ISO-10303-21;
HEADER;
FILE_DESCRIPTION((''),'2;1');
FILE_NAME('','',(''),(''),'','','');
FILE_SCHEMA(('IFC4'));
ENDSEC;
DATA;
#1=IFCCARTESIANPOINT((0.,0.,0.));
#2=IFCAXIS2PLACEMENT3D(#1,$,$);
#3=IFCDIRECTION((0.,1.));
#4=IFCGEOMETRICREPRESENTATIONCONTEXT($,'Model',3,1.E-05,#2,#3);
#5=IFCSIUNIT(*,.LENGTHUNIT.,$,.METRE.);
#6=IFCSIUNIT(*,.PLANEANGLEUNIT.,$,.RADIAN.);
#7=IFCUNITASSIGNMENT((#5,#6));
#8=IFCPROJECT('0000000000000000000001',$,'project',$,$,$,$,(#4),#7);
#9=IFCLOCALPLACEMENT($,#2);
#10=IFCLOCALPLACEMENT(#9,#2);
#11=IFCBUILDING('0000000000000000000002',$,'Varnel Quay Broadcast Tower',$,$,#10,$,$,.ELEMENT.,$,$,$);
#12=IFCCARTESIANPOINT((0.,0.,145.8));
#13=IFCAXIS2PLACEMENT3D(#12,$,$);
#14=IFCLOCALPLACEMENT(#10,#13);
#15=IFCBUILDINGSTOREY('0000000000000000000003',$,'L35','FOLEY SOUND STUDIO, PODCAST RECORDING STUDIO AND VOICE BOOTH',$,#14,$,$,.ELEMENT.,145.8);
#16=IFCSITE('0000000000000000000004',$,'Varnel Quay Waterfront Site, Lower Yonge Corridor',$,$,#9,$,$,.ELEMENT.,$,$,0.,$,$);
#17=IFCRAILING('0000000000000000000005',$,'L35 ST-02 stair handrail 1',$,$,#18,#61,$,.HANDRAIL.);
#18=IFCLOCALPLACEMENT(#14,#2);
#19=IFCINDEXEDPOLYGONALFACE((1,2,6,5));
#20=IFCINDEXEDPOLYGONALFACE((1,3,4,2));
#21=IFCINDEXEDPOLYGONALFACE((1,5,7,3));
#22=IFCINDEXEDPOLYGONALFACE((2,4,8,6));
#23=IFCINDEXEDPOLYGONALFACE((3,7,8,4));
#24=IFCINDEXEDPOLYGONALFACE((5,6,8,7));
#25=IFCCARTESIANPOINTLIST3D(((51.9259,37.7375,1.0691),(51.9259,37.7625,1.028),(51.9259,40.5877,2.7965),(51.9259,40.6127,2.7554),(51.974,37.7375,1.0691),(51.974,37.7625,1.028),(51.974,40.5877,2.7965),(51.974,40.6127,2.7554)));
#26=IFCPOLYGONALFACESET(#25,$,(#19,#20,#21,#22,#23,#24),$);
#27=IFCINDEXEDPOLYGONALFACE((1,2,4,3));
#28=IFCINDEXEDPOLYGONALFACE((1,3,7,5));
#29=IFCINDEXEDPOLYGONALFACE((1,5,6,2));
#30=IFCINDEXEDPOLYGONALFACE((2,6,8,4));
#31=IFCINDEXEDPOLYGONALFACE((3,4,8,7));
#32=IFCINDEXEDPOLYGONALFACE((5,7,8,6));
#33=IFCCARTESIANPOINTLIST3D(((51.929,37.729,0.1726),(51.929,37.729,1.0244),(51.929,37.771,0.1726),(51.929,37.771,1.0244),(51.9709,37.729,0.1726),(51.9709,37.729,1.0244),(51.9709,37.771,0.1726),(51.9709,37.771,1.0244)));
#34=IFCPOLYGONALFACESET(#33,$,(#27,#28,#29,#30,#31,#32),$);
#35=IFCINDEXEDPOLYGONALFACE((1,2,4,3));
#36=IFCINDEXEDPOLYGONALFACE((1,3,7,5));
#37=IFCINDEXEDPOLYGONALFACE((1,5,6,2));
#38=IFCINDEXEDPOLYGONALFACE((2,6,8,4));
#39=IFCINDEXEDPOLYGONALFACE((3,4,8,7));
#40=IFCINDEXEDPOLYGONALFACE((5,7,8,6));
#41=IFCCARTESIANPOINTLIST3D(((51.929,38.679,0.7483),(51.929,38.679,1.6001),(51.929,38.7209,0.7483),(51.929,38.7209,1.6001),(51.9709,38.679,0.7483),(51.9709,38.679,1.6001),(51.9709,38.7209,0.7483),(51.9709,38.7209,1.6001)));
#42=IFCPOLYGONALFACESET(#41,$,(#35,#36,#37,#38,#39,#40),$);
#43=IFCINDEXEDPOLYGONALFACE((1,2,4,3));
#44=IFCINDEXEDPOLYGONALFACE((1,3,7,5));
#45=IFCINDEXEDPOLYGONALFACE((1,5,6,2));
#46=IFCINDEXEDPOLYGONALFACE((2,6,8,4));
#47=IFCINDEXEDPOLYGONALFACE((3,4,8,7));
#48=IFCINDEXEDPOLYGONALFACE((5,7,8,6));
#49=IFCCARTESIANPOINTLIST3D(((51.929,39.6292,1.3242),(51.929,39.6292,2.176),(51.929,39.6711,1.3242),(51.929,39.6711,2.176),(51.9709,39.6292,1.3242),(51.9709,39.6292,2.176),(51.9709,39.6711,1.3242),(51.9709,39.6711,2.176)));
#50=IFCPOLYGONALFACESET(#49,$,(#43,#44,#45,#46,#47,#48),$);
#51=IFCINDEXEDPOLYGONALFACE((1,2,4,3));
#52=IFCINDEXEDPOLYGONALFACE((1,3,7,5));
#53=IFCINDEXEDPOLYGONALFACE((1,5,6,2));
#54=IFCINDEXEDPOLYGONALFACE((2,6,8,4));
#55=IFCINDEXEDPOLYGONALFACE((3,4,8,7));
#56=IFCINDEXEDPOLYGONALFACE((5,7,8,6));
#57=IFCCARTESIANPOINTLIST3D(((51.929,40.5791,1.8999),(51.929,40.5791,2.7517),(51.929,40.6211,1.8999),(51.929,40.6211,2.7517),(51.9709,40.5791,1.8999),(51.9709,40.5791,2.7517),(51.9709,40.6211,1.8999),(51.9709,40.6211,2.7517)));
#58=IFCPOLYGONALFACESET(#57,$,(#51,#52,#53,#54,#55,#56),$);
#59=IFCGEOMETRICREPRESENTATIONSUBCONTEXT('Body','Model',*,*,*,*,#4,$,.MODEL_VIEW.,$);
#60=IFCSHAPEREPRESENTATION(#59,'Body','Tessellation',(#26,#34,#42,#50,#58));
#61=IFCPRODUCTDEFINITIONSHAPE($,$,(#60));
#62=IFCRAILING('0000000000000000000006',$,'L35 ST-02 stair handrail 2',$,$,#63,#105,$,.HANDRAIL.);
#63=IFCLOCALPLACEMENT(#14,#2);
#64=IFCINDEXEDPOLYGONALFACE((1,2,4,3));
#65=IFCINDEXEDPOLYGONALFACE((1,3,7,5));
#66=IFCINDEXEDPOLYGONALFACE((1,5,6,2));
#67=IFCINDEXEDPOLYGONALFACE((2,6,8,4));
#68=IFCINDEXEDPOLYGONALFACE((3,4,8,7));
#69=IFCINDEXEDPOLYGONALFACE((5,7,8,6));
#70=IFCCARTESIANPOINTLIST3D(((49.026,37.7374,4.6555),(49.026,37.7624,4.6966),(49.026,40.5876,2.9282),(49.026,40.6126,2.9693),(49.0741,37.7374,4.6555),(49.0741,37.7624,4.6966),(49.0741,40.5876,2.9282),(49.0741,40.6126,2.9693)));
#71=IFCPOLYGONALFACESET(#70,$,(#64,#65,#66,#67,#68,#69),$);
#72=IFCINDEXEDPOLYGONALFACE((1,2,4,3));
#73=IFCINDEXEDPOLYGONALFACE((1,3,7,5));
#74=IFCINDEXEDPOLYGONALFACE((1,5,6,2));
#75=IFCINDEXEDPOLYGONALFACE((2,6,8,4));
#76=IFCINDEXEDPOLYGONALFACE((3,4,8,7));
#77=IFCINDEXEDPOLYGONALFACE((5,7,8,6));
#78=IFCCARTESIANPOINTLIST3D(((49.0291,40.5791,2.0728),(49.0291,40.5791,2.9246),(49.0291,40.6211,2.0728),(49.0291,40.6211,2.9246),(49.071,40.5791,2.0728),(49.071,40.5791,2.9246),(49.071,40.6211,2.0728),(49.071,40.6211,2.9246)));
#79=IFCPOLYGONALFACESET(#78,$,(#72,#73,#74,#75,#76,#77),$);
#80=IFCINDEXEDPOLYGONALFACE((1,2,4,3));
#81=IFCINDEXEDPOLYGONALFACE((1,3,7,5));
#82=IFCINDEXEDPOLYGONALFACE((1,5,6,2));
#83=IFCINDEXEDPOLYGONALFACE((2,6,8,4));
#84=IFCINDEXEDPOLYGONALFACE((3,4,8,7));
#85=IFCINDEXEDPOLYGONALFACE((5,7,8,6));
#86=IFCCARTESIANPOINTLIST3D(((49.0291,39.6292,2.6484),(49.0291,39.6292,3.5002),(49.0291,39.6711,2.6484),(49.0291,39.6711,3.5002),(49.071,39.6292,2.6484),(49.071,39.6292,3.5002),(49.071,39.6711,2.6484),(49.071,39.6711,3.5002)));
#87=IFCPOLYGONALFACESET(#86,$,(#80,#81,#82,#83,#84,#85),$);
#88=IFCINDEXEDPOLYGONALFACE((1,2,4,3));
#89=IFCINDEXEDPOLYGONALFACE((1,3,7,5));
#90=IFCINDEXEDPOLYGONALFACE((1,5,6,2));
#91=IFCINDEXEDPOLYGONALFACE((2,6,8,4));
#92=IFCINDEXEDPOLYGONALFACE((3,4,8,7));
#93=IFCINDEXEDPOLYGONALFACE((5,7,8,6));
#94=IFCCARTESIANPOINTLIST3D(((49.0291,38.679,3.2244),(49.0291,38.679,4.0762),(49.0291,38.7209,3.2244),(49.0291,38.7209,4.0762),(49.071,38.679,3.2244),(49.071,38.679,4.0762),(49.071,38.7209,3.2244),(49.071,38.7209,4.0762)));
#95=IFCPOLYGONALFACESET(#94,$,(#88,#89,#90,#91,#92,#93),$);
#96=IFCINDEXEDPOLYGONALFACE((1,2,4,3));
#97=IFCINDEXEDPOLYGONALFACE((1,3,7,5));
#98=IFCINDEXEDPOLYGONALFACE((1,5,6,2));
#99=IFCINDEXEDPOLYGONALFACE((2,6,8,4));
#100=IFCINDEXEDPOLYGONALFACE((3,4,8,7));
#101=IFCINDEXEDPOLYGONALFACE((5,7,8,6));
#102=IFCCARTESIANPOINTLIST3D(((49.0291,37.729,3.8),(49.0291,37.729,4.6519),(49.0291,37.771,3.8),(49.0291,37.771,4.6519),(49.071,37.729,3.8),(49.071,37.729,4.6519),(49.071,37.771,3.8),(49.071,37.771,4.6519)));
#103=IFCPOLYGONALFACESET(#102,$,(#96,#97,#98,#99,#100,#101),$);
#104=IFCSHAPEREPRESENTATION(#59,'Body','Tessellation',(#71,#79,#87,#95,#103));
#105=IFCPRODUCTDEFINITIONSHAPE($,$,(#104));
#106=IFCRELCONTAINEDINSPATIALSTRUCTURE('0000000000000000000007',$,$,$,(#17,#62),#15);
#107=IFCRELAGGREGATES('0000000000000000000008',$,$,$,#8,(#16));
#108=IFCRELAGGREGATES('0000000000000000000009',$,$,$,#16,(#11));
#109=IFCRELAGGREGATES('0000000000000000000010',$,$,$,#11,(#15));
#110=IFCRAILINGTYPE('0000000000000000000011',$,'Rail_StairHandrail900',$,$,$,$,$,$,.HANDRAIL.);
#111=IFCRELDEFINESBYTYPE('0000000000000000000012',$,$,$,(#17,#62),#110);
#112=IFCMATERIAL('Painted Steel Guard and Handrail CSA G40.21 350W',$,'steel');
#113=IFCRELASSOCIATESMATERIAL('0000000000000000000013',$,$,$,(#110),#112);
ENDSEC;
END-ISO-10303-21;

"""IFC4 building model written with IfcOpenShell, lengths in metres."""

from ifc_helpers import new_model, si_unit, direction, frame, origin, origin_2d, place, context, subcontext, project, spatial, rectangle, extrude, material, type_object, element, save


model = new_model("IFC4")

# Units and contexts
model_context = context("Model", 3, precision=1e-05, world=origin(), true_north=direction((0.0, 1.0)))
body_context = subcontext(model_context, "Body", "Model", "MODEL_VIEW")
ifc_project = project(units=[si_unit("LENGTHUNIT", "METRE"), si_unit("PLANEANGLEUNIT", "RADIAN")], contexts=[model_context])

# Site, building, storey
site_placement = place(None, origin())
site = spatial("IfcSite", under=ifc_project, at=site_placement, Name="Varnel Quay Waterfront Site, Lower Yonge Corridor", CompositionType="ELEMENT", RefElevation=0.0)
building_placement = place(site_placement, origin())
building = spatial("IfcBuilding", under=site, at=building_placement, Name="Varnel Quay Broadcast Tower", CompositionType="ELEMENT")
storey_placement = place(building_placement, frame((0.0, 0.0, 145.8)))
storey = spatial("IfcBuildingStorey", under=building, at=storey_placement, Name="L35", Description="FOLEY SOUND STUDIO, PODCAST RECORDING STUDIO AND VOICE BOOTH", CompositionType="ELEMENT", Elevation=145.8)

# Railings
ifc_material_1 = material(Name="Painted Steel Guard and Handrail CSA G40.21 350W", Category="steel")
railing_type_1 = type_object("IfcRailingType", Name="Rail_StairHandrail900", PredefinedType="HANDRAIL", material=ifc_material_1)
railing_1_placement = place(storey_placement, frame((51.95, 37.75, 0.1726)))
element("IfcRailing", 1, at=railing_1_placement, inside=storey, type_object=railing_type_1, Name="L35 ST-02 stair handrail 1", PredefinedType="HANDRAIL", context=body_context, shape_type="SweptSolid", body=[
    extrude(rectangle(XDim=0.0481, YDim=0.0481, at=origin_2d()), frame((0.0, 0.0, 0.876), z_axis=(0.0, 0.855203, 0.518294), x_axis=(-1.0, 0.0, 0.0)), (0.0, 0.0, 1.0), 3.3328),
    extrude(rectangle(XDim=0.042, YDim=0.042, at=origin_2d()), origin(), (0.0, 0.0, 1.0), 0.8518),
    extrude(rectangle(XDim=0.042, YDim=0.042, at=origin_2d()), frame((0.0, 0.95, 0.5757)), (0.0, 0.0, 1.0), 0.8518),
    extrude(rectangle(XDim=0.042, YDim=0.042, at=origin_2d()), frame((0.0, 1.9001, 1.1516)), (0.0, 0.0, 1.0), 0.8518),
    extrude(rectangle(XDim=0.042, YDim=0.042, at=origin_2d()), frame((0.0, 2.8501, 1.7273)), (0.0, 0.0, 1.0), 0.8518),
])
railing_2_placement = place(storey_placement, frame((49.05, 40.6001, 2.0728)))
element("IfcRailing", 2, at=railing_2_placement, inside=storey, type_object=railing_type_1, Name="L35 ST-02 stair handrail 2", PredefinedType="HANDRAIL", context=body_context, shape_type="SweptSolid", body=[
    extrude(rectangle(XDim=0.0481, YDim=0.0481, at=origin_2d()), frame((0.0, 0.0, 0.876), z_axis=(0.0, -0.855203, 0.518294), x_axis=(1.0, 0.0, 0.0)), (0.0, 0.0, 1.0), 3.3328),
    extrude(rectangle(XDim=0.042, YDim=0.042, at=origin_2d()), origin(), (0.0, 0.0, 1.0), 0.8518),
    extrude(rectangle(XDim=0.042, YDim=0.042, at=origin_2d()), frame((0.0, -0.95, 0.5757)), (0.0, 0.0, 1.0), 0.8518),
    extrude(rectangle(XDim=0.042, YDim=0.042, at=origin_2d()), frame((0.0, -1.9001, 1.1516)), (0.0, 0.0, 1.0), 0.8518),
    extrude(rectangle(XDim=0.042, YDim=0.042, at=origin_2d()), frame((0.0, -2.8501, 1.7273)), (0.0, 0.0, 1.0), 0.8518),
])

save(model, "model.ifc")
